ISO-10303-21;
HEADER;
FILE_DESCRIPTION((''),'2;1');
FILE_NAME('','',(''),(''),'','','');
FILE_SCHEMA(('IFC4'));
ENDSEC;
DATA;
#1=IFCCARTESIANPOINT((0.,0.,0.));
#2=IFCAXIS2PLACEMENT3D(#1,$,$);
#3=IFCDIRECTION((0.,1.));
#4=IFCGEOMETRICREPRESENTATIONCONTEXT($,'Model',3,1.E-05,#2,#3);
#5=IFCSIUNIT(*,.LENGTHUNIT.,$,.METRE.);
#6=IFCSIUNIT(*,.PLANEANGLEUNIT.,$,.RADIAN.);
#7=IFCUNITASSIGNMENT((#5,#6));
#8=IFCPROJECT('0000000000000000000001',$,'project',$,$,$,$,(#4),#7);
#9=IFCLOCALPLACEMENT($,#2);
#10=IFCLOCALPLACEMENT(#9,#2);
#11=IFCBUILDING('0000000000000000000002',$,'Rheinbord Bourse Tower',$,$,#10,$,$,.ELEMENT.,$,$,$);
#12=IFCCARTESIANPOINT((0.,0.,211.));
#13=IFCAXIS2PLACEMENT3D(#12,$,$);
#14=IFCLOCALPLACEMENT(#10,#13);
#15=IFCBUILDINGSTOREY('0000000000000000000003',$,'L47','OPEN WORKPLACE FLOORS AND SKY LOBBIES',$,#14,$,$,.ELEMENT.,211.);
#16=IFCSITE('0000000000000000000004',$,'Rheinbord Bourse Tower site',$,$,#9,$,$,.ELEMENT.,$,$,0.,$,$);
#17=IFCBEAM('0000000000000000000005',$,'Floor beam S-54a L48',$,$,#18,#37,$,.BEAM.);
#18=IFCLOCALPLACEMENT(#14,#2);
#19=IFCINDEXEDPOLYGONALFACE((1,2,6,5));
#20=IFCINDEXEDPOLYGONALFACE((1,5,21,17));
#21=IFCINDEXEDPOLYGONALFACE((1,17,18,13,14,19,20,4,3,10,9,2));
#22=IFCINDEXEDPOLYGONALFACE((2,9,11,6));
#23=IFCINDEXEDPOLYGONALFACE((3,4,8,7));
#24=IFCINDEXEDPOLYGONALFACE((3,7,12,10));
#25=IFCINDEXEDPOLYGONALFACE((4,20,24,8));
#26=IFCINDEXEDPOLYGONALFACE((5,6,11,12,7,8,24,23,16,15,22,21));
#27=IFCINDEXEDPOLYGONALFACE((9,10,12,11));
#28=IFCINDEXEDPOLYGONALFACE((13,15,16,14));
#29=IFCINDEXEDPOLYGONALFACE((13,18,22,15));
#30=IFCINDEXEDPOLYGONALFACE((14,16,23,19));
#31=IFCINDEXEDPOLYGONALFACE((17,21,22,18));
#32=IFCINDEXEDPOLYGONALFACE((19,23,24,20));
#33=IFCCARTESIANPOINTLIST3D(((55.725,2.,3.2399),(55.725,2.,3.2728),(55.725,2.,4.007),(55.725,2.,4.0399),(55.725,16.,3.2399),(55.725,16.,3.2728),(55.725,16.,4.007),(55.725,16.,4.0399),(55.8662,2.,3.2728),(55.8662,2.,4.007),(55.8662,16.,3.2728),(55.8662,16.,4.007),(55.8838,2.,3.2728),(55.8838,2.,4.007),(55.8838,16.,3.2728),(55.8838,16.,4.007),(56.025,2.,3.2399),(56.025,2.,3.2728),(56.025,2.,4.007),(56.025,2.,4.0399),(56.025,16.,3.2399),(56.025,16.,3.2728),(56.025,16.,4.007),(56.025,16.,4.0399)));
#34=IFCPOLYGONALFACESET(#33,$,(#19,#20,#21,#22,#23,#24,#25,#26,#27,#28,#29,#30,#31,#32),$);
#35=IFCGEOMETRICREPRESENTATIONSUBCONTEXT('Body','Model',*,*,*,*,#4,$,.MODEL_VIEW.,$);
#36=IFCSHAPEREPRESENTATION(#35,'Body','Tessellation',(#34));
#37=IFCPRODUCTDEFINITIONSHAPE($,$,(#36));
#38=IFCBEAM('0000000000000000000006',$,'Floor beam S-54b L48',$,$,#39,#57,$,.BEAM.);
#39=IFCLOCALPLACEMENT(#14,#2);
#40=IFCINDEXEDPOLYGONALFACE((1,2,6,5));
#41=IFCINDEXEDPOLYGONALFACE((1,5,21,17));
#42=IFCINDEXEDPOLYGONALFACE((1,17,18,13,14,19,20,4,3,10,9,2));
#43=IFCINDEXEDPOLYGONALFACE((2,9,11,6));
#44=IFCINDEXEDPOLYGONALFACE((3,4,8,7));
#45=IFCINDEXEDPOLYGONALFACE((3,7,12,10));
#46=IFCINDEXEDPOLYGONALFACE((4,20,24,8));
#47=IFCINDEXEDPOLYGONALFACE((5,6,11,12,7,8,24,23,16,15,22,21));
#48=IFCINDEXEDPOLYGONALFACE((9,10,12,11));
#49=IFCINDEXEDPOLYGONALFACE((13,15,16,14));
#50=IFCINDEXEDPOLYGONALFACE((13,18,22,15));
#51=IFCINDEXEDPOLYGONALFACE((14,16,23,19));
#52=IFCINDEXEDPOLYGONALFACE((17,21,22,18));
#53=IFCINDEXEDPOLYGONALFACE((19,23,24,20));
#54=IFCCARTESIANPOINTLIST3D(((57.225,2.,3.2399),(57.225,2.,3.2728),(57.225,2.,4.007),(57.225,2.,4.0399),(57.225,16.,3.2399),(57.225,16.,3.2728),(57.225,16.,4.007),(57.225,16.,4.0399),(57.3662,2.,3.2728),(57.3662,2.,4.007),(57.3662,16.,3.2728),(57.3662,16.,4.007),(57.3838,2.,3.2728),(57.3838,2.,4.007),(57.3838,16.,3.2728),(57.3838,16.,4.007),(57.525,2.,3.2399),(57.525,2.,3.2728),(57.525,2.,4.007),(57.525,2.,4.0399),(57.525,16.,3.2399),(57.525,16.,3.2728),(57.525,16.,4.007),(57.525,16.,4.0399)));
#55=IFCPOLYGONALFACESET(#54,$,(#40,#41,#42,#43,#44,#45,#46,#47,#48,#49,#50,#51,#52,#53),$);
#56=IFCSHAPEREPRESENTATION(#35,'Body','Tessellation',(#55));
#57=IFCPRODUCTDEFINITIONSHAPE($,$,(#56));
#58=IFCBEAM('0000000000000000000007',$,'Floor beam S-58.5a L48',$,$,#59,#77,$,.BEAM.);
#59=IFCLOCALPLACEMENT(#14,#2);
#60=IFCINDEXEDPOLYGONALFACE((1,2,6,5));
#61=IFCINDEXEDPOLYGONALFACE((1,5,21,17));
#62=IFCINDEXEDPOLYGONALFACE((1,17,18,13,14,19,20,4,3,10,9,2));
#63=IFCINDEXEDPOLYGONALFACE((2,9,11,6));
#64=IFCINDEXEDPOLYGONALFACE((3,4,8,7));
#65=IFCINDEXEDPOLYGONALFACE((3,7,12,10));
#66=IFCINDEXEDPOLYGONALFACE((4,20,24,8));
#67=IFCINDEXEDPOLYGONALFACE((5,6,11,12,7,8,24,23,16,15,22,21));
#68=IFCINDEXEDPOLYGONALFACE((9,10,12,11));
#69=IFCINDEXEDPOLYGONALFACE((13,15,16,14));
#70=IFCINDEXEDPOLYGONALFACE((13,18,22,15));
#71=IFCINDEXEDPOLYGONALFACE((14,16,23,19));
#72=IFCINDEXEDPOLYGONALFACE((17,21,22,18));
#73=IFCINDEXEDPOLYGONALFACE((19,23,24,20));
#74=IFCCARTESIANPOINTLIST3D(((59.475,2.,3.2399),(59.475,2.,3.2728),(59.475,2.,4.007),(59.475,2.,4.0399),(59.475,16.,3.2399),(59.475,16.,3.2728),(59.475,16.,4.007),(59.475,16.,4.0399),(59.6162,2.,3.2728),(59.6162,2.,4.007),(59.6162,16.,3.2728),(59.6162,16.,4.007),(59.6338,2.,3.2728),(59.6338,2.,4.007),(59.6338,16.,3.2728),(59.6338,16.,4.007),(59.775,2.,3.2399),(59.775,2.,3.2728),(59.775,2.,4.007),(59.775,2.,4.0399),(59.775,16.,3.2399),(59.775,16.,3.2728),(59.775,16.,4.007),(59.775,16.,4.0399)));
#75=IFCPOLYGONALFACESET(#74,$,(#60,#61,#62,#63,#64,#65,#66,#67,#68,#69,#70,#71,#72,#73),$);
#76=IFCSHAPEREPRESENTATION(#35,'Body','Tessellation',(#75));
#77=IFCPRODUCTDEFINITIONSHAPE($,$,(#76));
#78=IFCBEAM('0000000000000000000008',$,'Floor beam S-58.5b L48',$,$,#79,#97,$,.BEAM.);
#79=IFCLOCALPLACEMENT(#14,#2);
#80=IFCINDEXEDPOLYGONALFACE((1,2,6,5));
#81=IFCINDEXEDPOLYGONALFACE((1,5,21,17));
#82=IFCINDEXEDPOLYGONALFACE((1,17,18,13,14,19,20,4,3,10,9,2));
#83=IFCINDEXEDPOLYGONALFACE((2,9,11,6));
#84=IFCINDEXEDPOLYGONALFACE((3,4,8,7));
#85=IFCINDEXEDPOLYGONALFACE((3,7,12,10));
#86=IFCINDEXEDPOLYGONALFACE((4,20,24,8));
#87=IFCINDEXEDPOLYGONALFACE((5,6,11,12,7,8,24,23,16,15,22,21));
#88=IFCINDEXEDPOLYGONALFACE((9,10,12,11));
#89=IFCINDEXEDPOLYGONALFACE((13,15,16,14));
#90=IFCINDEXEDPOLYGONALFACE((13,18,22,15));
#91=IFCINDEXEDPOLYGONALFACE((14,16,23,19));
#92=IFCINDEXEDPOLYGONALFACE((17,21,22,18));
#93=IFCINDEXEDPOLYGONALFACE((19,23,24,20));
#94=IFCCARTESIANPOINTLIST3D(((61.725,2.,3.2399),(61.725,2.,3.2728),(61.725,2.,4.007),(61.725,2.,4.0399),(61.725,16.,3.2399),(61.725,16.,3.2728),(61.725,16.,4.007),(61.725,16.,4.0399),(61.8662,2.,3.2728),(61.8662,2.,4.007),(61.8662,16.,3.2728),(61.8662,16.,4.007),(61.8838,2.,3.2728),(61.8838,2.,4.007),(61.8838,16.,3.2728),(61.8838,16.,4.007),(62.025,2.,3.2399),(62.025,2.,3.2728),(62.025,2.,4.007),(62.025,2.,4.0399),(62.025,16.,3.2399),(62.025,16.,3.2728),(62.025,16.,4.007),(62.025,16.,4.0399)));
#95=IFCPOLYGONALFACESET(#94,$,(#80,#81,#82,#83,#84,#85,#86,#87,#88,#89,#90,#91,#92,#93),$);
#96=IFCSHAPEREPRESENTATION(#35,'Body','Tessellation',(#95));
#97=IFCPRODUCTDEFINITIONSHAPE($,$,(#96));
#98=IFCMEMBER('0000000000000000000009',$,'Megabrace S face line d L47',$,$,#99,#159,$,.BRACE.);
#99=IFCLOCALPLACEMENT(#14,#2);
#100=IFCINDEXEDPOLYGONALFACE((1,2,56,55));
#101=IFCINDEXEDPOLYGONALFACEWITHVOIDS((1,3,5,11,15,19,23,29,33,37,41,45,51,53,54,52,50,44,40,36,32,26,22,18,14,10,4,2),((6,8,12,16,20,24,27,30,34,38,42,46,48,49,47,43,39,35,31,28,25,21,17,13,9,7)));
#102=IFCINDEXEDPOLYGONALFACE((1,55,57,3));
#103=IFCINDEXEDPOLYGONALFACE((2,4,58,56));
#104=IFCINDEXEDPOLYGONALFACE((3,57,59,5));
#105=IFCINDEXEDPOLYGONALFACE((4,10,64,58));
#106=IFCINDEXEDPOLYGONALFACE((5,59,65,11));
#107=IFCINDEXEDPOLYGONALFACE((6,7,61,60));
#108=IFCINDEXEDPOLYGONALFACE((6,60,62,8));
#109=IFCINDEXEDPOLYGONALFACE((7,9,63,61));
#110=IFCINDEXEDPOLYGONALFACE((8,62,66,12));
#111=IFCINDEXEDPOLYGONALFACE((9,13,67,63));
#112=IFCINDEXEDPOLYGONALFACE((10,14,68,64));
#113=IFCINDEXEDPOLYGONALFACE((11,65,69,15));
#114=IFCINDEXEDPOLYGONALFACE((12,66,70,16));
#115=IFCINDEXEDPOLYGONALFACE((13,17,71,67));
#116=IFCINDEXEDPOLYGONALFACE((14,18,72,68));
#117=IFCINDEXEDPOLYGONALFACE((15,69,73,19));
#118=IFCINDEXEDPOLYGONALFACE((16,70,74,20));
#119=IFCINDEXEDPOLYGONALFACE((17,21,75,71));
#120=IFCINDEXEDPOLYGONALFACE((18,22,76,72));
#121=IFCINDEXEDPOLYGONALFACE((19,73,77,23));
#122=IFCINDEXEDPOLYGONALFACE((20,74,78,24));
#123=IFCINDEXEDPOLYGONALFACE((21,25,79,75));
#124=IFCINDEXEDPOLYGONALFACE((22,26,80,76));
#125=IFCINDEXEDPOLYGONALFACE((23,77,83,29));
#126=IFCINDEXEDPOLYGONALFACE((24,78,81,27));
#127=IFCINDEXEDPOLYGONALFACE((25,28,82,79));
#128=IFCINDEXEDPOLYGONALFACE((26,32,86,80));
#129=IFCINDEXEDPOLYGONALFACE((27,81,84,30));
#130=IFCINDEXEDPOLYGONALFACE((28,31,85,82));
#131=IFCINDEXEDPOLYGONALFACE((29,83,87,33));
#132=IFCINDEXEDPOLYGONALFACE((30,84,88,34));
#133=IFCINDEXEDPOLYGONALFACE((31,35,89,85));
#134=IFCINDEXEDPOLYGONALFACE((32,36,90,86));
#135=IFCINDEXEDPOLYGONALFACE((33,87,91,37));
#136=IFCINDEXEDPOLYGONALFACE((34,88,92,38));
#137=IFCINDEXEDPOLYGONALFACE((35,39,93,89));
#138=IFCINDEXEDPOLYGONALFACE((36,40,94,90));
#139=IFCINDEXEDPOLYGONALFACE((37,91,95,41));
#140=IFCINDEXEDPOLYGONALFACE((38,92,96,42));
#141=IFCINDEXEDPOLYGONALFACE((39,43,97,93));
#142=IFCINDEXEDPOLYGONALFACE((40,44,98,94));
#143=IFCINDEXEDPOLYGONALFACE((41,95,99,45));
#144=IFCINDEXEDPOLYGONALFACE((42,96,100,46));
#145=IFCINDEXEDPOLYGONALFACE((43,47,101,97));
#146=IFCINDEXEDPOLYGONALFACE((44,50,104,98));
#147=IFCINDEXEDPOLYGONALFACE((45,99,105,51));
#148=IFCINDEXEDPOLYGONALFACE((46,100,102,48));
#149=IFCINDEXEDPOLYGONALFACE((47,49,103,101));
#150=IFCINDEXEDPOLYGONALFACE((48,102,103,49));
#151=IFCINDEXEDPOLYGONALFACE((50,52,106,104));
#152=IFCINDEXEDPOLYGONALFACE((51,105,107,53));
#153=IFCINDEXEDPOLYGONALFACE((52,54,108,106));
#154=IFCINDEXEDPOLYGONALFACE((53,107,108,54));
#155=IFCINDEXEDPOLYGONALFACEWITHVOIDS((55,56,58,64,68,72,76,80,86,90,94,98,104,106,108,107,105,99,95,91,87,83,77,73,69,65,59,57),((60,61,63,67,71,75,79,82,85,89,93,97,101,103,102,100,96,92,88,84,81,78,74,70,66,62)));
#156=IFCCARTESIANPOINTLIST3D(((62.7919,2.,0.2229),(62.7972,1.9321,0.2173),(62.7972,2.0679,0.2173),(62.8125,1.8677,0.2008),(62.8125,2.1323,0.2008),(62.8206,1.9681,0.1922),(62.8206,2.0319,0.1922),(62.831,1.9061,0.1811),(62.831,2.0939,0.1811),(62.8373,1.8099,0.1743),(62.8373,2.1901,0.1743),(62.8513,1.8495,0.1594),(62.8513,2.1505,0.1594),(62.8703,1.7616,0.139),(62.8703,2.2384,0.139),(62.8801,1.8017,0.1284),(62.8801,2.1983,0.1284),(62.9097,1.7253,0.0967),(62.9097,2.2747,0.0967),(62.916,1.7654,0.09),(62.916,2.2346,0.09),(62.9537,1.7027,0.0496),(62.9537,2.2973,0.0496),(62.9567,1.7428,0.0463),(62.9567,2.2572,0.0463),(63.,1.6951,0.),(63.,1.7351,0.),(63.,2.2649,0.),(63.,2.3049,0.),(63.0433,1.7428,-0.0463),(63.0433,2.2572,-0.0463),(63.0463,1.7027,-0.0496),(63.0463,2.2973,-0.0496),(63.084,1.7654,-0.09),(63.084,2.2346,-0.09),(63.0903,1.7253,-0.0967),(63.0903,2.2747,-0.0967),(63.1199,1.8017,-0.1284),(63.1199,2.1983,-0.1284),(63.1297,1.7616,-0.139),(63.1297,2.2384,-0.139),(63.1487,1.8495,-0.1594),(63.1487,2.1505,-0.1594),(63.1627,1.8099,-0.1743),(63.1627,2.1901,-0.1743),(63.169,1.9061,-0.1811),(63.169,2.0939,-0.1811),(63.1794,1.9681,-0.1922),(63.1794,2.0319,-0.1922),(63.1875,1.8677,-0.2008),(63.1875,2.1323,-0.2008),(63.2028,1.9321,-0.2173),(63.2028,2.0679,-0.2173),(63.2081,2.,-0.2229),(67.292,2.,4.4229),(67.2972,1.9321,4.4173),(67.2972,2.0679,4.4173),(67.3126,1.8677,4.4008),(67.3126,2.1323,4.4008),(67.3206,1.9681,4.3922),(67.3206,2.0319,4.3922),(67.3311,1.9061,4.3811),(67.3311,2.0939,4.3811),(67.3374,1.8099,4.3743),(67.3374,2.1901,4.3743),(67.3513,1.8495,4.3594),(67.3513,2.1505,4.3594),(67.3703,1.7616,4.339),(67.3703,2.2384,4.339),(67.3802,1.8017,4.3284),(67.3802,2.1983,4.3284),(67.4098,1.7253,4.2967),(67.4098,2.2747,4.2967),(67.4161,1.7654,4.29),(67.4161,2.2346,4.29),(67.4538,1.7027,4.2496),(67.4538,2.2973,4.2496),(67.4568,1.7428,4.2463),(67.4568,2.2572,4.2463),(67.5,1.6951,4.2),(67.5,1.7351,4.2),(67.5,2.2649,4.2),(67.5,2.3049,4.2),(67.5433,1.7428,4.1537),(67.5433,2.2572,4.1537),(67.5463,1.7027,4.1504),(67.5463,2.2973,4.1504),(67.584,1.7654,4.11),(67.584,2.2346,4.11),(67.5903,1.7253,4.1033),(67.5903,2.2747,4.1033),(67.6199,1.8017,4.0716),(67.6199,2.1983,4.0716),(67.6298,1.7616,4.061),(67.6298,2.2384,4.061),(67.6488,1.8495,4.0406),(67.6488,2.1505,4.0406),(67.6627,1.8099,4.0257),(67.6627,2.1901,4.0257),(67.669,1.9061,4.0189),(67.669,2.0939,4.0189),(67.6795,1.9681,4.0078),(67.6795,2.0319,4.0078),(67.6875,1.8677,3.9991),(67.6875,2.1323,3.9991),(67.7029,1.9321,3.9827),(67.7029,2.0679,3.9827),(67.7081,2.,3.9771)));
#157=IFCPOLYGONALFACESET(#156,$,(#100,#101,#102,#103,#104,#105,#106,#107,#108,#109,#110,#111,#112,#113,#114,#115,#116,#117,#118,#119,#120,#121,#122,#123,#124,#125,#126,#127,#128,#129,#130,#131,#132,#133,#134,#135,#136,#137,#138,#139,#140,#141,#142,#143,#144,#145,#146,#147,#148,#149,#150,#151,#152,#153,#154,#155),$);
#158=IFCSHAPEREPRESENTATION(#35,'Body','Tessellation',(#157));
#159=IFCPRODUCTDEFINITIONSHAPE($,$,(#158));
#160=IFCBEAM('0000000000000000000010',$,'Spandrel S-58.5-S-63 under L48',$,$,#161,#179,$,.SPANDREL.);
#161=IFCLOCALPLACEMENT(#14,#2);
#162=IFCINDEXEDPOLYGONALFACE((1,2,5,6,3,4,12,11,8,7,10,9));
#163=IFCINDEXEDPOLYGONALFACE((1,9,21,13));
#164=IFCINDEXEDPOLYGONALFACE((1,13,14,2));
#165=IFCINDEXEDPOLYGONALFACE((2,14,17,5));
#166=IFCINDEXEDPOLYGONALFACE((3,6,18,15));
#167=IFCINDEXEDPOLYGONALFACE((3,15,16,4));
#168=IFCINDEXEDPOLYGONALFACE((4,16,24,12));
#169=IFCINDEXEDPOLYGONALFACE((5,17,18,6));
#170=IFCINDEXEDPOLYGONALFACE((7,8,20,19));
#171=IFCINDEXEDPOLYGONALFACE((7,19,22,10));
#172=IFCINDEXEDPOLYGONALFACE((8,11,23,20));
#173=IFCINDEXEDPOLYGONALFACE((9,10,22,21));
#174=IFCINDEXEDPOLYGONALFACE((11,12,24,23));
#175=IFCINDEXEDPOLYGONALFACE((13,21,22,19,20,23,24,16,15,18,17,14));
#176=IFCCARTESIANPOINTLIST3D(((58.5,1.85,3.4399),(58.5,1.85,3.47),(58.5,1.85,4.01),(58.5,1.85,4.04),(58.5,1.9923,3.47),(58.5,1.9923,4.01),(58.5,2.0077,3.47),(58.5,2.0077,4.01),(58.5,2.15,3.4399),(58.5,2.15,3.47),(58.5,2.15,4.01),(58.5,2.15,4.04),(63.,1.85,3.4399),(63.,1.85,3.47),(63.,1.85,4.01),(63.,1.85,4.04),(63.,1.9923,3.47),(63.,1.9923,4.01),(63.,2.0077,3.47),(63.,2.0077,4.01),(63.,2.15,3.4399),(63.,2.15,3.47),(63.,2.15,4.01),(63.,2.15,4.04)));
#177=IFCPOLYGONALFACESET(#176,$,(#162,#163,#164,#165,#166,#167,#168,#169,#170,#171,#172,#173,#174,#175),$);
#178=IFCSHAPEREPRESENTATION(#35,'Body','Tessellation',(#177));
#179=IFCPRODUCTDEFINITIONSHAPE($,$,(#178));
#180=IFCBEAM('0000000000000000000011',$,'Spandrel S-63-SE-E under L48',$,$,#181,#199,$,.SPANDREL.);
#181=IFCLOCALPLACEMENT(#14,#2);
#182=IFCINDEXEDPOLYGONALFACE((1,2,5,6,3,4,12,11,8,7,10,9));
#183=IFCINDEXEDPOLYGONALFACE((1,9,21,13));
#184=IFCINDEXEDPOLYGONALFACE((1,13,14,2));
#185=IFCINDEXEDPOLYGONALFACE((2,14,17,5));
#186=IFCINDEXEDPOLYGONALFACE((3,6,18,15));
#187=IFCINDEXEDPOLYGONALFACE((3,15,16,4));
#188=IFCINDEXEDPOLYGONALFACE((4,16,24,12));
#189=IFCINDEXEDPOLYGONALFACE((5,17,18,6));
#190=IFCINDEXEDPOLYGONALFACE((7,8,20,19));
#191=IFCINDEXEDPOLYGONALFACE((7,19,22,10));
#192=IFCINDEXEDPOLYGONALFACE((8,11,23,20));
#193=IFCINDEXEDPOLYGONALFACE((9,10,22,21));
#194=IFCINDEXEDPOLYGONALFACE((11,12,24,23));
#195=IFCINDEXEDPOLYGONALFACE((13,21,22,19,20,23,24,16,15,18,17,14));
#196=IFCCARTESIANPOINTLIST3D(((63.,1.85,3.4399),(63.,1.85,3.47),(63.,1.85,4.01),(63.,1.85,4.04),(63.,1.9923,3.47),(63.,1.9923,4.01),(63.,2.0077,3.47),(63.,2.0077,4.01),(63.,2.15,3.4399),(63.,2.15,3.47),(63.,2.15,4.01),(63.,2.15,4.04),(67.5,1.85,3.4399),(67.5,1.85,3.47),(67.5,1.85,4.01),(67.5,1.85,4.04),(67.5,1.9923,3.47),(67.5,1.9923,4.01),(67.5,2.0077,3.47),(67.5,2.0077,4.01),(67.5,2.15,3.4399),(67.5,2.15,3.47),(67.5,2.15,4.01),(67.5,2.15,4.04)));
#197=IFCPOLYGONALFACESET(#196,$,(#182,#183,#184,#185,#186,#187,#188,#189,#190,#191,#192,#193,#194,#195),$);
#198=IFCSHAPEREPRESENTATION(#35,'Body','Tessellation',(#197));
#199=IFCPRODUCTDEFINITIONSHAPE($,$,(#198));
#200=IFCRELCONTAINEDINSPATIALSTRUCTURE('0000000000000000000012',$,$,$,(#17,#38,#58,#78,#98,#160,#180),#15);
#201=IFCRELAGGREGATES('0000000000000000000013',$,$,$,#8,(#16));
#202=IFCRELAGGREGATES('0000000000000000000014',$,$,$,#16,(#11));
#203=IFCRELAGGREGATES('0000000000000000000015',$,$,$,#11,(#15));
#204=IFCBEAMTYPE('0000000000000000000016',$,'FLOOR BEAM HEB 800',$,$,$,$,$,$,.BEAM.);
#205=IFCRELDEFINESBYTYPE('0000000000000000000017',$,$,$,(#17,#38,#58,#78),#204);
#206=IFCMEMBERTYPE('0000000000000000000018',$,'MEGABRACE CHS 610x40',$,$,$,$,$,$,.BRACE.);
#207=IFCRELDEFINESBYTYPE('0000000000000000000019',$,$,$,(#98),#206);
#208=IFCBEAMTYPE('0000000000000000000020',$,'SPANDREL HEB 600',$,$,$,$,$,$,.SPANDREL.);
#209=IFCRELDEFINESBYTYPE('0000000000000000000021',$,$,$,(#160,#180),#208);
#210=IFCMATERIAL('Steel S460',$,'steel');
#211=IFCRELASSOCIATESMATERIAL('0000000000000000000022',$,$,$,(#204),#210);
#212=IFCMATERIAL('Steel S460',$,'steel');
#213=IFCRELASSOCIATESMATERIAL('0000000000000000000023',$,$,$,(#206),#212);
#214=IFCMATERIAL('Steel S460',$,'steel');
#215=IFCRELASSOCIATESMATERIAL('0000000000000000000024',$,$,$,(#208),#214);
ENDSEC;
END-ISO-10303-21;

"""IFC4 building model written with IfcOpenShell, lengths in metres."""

from ifc_helpers import new_model, si_unit, direction, frame, origin, origin_2d, place, context, subcontext, project, spatial, hollow_circle, i_section, extrude, material, material_profile, profile_set, type_object, element, save


model = new_model("IFC4")

# Units and contexts
model_context = context("Model", 3, precision=1e-05, world=origin(), true_north=direction((0.0, 1.0)))
body_context = subcontext(model_context, "Body", "Model", "MODEL_VIEW")
ifc_project = project(units=[si_unit("LENGTHUNIT", "METRE"), si_unit("PLANEANGLEUNIT", "RADIAN")], contexts=[model_context])

# Site, building, storey
site_placement = place(None, origin())
site = spatial("IfcSite", under=ifc_project, at=site_placement, Name="Rheinbord Bourse Tower site", CompositionType="ELEMENT", RefElevation=0.0)
building_placement = place(site_placement, origin())
building = spatial("IfcBuilding", under=site, at=building_placement, Name="Rheinbord Bourse Tower", CompositionType="ELEMENT")
storey_placement = place(building_placement, frame((0.0, 0.0, 211.0)))
storey = spatial("IfcBuildingStorey", under=building, at=storey_placement, Name="L47", Description="OPEN WORKPLACE FLOORS AND SKY LOBBIES", CompositionType="ELEMENT", Elevation=211.0)

# Beams
ifc_material_1 = material(Name="Steel S460", Category="steel")
ifc_material_profile_1 = material_profile(ifc_material_1, i_section(OverallWidth=0.3, OverallDepth=0.8, WebThickness=0.0176, FlangeThickness=0.033, at=origin_2d()), Name="HEB 800")
ifc_profile_set_1 = profile_set([ifc_material_profile_1], Name="Steel S460")
beam_type_1 = type_object("IfcBeamType", Name="FLOOR BEAM HEB 800", PredefinedType="BEAM", material=ifc_profile_set_1)
for number, where, z_axis, x_axis, name in (
    (1, (55.875, 2.0, 3.6399), (0.0, 1.0, 0.0), (-1.0, 0.0, 0.0), "Floor beam S-54a L48"),
    (2, (57.375, 2.0, 3.6399), (0.0, 1.0, 0.0), (-1.0, 0.0, 0.0), "Floor beam S-54b L48"),
    (3, (59.625, 2.0, 3.6399), (0.0, 1.0, 0.0), (-1.0, 0.0, 0.0), "Floor beam S-58.5a L48"),
    (4, (61.875, 2.0, 3.6399), (0.0, 1.0, 0.0), (-1.0, 0.0, 0.0), "Floor beam S-58.5b L48"),
):
    element("IfcBeam", number, at=place(storey_placement, frame(where, z_axis=z_axis, x_axis=x_axis)), inside=storey, type_object=beam_type_1, Name=name, PredefinedType="BEAM", context=body_context, shape_type="SweptSolid", body=[
        extrude(i_section(OverallWidth=0.3, OverallDepth=0.8, WebThickness=0.0176, FlangeThickness=0.033, at=origin_2d()), origin(), (0.0, 0.0, 1.0), 14.0),
    ])

# Member
ifc_material_2 = material(Name="Steel S460", Category="steel")
ifc_material_profile_2 = material_profile(ifc_material_2, hollow_circle(Radius=0.3049, WallThickness=0.04, at=origin_2d()), Name="CHS 610x40")
ifc_profile_set_2 = profile_set([ifc_material_profile_2], Name="Steel S460")
member_type_1 = type_object("IfcMemberType", Name="MEGABRACE CHS 610x40", PredefinedType="BRACE", material=ifc_profile_set_2)
member_1_placement = place(storey_placement, frame((63.0, 2.0, 0.0), z_axis=(0.731059, 0.0, 0.682314), x_axis=(0.0, 1.0, 0.0)))
element("IfcMember", 5, at=member_1_placement, inside=storey, type_object=member_type_1, Name="Megabrace S face line d L47", PredefinedType="BRACE", context=body_context, shape_type="SweptSolid", body=[
    extrude(hollow_circle(Radius=0.3049, WallThickness=0.04, at=origin_2d()), origin(), (0.0, 0.0, 1.0), 6.1555),
])

# Beams
ifc_material_3 = material(Name="Steel S460", Category="steel")
ifc_material_profile_3 = material_profile(ifc_material_3, i_section(OverallWidth=0.3, OverallDepth=0.6001, WebThickness=0.0154, FlangeThickness=0.03, at=origin_2d()), Name="HEB 600")
ifc_profile_set_3 = profile_set([ifc_material_profile_3], Name="Steel S460")
beam_type_2 = type_object("IfcBeamType", Name="SPANDREL HEB 600", PredefinedType="SPANDREL", material=ifc_profile_set_3)
for number, where, z_axis, x_axis, name in (
    (6, (58.5, 2.0, 3.74), (1.0, 0.0, 0.0), (0.0, 1.0, 0.0), "Spandrel S-58.5-S-63 under L48"),
    (7, (63.0, 2.0, 3.74), (1.0, 0.0, 0.0), (0.0, 1.0, 0.0), "Spandrel S-63-SE-E under L48"),
):
    element("IfcBeam", number, at=place(storey_placement, frame(where, z_axis=z_axis, x_axis=x_axis)), inside=storey, type_object=beam_type_2, Name=name, PredefinedType="SPANDREL", context=body_context, shape_type="SweptSolid", body=[
        extrude(i_section(OverallWidth=0.3, OverallDepth=0.6001, WebThickness=0.0154, FlangeThickness=0.03, at=origin_2d()), origin(), (0.0, 0.0, 1.0), 4.5),
    ])

save(model, "model.ifc")
